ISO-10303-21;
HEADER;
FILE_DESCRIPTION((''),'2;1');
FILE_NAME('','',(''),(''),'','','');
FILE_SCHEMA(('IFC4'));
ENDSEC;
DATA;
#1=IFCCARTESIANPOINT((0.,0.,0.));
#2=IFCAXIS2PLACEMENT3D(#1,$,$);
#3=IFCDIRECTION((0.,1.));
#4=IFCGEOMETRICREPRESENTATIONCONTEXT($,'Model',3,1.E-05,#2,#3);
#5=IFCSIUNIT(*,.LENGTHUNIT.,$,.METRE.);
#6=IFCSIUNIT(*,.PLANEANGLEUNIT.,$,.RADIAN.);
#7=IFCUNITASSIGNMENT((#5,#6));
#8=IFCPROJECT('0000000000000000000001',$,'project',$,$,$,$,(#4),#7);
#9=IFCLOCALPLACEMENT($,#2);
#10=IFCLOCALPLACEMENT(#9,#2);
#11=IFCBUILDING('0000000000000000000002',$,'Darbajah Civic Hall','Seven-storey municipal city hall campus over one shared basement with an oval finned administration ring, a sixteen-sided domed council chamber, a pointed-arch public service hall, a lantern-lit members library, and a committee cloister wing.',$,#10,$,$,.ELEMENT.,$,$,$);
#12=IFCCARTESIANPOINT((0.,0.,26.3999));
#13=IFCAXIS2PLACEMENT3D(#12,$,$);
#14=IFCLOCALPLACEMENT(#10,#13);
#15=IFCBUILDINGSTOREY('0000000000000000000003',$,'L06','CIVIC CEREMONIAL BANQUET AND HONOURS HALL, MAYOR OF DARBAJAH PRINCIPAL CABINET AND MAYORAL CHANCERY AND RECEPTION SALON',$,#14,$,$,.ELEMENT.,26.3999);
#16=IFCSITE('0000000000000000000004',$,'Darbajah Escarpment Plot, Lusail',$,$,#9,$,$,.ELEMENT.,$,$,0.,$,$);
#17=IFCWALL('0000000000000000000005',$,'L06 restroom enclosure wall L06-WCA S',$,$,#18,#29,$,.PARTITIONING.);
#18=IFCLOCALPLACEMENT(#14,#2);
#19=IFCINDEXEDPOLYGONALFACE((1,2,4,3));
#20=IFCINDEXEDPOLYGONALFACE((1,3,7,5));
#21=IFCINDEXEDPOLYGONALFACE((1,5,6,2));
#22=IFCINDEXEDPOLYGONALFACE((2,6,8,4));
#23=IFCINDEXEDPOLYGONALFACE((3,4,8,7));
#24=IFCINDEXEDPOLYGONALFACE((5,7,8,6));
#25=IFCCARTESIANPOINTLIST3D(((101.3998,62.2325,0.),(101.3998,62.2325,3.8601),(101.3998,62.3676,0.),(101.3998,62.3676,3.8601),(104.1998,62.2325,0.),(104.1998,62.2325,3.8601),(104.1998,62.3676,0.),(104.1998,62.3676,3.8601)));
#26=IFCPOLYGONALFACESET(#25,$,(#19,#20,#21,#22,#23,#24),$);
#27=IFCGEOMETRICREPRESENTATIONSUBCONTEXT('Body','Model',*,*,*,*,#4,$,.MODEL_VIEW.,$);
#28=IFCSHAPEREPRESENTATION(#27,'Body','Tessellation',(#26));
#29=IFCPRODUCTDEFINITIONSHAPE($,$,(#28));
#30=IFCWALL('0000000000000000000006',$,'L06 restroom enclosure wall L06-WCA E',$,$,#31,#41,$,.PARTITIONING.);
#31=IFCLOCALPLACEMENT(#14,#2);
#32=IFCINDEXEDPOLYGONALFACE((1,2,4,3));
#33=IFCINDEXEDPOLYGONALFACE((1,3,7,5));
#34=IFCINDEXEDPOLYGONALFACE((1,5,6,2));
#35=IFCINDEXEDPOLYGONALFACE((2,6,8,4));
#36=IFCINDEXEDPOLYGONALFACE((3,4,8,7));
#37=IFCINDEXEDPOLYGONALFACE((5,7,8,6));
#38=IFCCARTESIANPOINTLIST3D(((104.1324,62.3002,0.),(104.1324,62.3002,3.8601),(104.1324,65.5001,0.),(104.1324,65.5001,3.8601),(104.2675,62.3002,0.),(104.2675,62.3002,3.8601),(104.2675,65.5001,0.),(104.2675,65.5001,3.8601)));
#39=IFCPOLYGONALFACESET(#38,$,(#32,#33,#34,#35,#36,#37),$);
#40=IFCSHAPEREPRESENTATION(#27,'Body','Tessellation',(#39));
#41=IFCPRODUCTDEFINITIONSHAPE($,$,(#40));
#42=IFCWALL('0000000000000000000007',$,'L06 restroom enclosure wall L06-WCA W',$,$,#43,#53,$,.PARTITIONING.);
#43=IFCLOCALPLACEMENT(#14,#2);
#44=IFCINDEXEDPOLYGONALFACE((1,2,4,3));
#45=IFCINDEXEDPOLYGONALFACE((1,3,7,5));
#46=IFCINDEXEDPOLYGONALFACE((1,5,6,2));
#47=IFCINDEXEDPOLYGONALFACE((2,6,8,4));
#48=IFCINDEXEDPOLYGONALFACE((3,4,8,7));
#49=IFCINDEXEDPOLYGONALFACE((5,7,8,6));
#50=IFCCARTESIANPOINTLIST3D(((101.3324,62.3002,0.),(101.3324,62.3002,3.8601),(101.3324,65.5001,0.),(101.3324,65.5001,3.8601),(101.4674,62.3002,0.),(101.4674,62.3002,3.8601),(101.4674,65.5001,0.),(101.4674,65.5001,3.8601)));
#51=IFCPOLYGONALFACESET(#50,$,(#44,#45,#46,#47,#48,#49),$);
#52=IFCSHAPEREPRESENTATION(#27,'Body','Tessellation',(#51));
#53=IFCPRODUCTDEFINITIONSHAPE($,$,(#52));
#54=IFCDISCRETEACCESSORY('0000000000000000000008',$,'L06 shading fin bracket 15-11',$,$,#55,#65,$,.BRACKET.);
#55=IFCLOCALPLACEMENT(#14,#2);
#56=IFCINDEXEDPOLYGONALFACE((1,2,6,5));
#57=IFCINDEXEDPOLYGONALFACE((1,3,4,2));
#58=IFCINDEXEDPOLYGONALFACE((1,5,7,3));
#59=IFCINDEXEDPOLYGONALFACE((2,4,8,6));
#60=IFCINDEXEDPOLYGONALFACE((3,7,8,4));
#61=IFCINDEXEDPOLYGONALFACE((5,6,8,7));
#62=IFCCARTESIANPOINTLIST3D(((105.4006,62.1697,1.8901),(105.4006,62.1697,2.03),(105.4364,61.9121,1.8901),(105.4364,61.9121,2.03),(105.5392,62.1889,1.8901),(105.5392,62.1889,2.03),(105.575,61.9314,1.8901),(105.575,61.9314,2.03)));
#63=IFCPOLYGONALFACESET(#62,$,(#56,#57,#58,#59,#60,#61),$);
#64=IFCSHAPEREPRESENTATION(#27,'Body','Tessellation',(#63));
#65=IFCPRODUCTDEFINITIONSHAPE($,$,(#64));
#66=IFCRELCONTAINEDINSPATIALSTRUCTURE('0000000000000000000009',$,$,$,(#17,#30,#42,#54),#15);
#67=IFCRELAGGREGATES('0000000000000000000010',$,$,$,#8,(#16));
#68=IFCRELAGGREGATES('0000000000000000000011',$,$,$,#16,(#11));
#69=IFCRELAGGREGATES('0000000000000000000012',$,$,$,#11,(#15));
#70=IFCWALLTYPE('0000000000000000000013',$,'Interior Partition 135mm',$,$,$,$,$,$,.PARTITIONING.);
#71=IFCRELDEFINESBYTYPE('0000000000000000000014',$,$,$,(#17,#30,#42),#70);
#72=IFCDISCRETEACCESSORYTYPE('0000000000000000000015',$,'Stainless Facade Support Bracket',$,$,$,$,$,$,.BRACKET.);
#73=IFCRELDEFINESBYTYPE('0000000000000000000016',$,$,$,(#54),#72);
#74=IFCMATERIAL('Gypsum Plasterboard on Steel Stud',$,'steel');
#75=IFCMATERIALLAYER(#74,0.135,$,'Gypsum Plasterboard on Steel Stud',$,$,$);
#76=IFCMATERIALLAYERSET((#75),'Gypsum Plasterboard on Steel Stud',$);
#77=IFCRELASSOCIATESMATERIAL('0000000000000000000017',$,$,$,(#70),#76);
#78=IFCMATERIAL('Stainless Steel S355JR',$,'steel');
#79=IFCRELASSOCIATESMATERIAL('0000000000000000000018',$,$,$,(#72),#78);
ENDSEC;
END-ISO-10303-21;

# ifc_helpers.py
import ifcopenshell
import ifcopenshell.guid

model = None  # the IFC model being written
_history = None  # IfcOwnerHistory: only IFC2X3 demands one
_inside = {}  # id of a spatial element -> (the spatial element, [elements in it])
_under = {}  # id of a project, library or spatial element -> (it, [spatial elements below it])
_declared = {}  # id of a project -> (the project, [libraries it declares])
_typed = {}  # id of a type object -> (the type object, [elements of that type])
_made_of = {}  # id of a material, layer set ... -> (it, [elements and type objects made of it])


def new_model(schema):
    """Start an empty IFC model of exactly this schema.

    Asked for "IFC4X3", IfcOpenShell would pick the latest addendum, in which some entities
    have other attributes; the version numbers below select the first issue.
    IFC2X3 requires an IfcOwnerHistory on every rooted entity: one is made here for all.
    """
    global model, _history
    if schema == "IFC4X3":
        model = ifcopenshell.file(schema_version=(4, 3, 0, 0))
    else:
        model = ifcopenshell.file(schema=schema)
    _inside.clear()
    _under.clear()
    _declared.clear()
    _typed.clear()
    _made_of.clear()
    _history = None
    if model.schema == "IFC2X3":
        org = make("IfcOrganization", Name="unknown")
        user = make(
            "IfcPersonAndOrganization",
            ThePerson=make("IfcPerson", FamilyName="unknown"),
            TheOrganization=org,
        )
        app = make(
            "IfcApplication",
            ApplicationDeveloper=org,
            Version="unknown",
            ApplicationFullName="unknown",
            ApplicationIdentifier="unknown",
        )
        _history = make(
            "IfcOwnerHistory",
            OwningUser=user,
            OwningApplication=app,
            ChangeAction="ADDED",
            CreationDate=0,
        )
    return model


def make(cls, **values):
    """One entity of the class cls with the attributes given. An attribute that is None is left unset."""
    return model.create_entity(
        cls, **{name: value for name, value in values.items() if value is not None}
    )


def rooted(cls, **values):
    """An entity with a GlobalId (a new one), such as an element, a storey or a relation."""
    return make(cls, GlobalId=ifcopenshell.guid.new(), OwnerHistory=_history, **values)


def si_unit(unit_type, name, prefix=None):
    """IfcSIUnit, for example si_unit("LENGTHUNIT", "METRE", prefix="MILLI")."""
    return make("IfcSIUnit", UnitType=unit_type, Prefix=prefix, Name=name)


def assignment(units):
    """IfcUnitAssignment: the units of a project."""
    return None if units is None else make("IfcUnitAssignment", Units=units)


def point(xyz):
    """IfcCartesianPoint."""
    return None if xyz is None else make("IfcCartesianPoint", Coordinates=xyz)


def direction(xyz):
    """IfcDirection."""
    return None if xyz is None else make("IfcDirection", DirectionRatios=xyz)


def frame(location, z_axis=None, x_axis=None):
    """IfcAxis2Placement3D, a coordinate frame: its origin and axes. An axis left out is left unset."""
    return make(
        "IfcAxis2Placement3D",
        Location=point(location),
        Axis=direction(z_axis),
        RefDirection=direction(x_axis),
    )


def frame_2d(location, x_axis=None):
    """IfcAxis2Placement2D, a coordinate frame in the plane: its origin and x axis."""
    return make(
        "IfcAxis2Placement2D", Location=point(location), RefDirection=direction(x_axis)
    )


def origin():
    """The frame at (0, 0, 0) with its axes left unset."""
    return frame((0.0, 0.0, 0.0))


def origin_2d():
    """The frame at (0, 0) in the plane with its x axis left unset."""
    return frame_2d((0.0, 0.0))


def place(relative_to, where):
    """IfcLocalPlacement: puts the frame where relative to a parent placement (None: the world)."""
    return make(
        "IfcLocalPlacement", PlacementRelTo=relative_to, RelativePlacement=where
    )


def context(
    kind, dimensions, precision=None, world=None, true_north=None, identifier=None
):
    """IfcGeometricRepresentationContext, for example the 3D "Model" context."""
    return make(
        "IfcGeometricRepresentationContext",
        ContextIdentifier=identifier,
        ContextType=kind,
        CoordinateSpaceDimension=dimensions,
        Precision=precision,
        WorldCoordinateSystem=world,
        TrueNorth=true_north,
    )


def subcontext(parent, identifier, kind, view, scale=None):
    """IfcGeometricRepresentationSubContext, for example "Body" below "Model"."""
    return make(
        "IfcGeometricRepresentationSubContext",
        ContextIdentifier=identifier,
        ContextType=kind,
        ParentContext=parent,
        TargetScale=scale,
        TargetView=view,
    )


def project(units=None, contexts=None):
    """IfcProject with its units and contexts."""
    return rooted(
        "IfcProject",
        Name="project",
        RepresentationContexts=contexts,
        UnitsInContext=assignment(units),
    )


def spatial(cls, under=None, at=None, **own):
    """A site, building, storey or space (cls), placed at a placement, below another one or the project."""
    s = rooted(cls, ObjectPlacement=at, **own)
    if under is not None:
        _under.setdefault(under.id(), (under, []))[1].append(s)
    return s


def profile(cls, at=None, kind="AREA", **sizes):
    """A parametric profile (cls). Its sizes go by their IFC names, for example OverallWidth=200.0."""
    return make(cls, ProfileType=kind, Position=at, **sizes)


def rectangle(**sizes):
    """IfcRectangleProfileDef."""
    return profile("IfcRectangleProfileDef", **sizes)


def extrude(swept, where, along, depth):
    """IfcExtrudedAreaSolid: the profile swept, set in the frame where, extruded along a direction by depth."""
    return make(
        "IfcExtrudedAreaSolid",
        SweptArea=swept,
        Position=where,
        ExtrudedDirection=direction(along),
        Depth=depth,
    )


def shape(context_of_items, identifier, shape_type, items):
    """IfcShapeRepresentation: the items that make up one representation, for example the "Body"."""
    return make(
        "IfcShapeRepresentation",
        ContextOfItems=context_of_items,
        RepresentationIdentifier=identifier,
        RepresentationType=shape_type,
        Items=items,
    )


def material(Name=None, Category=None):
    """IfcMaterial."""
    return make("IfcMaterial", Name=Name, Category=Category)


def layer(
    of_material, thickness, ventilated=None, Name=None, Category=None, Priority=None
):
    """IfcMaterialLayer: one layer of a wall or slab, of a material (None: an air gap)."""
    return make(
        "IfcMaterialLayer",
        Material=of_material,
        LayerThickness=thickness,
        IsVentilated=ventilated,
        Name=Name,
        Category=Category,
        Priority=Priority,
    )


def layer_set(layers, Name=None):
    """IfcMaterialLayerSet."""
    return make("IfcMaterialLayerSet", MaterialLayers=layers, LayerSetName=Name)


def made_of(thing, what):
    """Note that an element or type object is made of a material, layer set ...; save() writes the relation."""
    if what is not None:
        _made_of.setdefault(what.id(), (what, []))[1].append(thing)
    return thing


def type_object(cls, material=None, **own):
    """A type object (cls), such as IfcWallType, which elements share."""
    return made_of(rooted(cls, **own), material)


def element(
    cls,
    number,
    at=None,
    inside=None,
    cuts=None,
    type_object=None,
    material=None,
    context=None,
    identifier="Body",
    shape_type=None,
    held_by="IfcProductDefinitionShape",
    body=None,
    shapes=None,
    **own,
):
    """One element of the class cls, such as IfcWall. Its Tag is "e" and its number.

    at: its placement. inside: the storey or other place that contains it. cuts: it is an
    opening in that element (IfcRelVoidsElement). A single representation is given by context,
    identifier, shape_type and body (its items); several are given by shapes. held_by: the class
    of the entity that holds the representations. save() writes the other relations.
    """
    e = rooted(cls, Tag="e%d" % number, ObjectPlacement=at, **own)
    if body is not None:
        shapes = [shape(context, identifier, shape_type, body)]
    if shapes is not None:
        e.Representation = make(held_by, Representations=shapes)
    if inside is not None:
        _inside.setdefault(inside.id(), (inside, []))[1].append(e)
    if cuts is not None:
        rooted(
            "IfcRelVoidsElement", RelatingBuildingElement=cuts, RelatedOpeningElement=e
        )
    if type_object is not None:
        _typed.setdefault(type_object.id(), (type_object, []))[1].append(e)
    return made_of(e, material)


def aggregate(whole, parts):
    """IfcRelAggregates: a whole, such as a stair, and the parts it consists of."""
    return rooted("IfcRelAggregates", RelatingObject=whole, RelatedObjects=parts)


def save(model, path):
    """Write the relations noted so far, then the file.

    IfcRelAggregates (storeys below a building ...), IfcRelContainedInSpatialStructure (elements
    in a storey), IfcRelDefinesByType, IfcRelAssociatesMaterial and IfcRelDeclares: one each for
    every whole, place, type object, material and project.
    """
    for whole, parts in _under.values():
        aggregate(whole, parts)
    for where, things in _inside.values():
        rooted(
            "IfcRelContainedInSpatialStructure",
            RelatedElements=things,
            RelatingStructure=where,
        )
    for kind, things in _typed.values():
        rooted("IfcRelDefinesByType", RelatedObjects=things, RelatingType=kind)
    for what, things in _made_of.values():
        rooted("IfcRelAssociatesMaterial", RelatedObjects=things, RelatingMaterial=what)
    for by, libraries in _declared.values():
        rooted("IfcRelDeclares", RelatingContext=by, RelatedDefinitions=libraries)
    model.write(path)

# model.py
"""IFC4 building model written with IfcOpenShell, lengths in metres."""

from ifc_helpers import new_model, si_unit, direction, frame, frame_2d, origin, origin_2d, place, context, subcontext, project, spatial, rectangle, extrude, material, layer, layer_set, type_object, element, save


model = new_model("IFC4")

# Units and contexts
model_context = context("Model", 3, precision=1e-05, world=origin(), true_north=direction((0.0, 1.0)))
body_context = subcontext(model_context, "Body", "Model", "MODEL_VIEW")
ifc_project = project(units=[si_unit("LENGTHUNIT", "METRE"), si_unit("PLANEANGLEUNIT", "RADIAN")], contexts=[model_context])

# Site, building, storey
site_placement = place(None, origin())
site = spatial("IfcSite", under=ifc_project, at=site_placement, Name="Darbajah Escarpment Plot, Lusail", CompositionType="ELEMENT", RefElevation=0.0)
building_placement = place(site_placement, origin())
building = spatial("IfcBuilding", under=site, at=building_placement, Name="Darbajah Civic Hall", Description="Seven-storey municipal city hall campus over one shared basement with an oval finned administration ring, a sixteen-sided domed council chamber, a pointed-arch public service hall, a lantern-lit members library, and a committee cloister wing.", CompositionType="ELEMENT")
storey_placement = place(building_placement, frame((0.0, 0.0, 26.3999)))
storey = spatial("IfcBuildingStorey", under=building, at=storey_placement, Name="L06", Description="CIVIC CEREMONIAL BANQUET AND HONOURS HALL, MAYOR OF DARBAJAH PRINCIPAL CABINET AND MAYORAL CHANCERY AND RECEPTION SALON", CompositionType="ELEMENT", Elevation=26.3999)

# Walls
ifc_material_1 = material(Name="Gypsum Plasterboard on Steel Stud", Category="steel")
ifc_layer_1 = layer(ifc_material_1, 0.135, Name="Gypsum Plasterboard on Steel Stud")
ifc_layer_set_1 = layer_set([ifc_layer_1], Name="Gypsum Plasterboard on Steel Stud")
wall_type_1 = type_object("IfcWallType", Name="Interior Partition 135mm", PredefinedType="PARTITIONING", material=ifc_layer_set_1)
wall_1_placement = place(storey_placement, frame((101.3999, 62.3, 0.0), z_axis=(0.0, 0.0, 1.0), x_axis=(1.0, 0.0, 0.0)))
element("IfcWall", 1, at=wall_1_placement, inside=storey, type_object=wall_type_1, Name="L06 restroom enclosure wall L06-WCA S", PredefinedType="PARTITIONING", context=body_context, shape_type="SweptSolid", body=[
    extrude(rectangle(XDim=2.8, YDim=0.135, at=frame_2d((1.3999, 0.0))), origin(), (0.0, 0.0, 1.0), 3.8601),
])
for number, where, z_axis, x_axis, name in (
    (2, (104.2, 62.3, 0.0), (0.0, 0.0, 1.0), (0.0, 1.0, 0.0), "L06 restroom enclosure wall L06-WCA E"),
    (3, (101.3999, 62.3, 0.0), (0.0, 0.0, 1.0), (0.0, 1.0, 0.0), "L06 restroom enclosure wall L06-WCA W"),
):
    element("IfcWall", number, at=place(storey_placement, frame(where, z_axis=z_axis, x_axis=x_axis)), inside=storey, type_object=wall_type_1, Name=name, PredefinedType="PARTITIONING", context=body_context, shape_type="SweptSolid", body=[
        extrude(rectangle(XDim=3.2, YDim=0.135, at=frame_2d((1.6001, 0.0))), origin(), (0.0, 0.0, 1.0), 3.8601),
    ])

# Discrete accessory
ifc_material_2 = material(Name="Stainless Steel S355JR", Category="steel")
discrete_accessory_type = type_object("IfcDiscreteAccessoryType", Name="Stainless Facade Support Bracket", PredefinedType="BRACKET", material=ifc_material_2)
discrete_accessory_placement = place(storey_placement, frame((105.4878, 62.0505, 1.8901), z_axis=(0.0, 0.0, 1.0), x_axis=(0.137617, -0.990485, 0.0)))
element("IfcDiscreteAccessory", 4, at=discrete_accessory_placement, inside=storey, type_object=discrete_accessory_type, Name="L06 shading fin bracket 15-11", PredefinedType="BRACKET", context=body_context, shape_type="SweptSolid", body=[
    extrude(rectangle(XDim=0.26, YDim=0.1399, at=origin_2d()), origin(), (0.0, 0.0, 1.0), 0.1399),
])

save(model, "model.ifc")
